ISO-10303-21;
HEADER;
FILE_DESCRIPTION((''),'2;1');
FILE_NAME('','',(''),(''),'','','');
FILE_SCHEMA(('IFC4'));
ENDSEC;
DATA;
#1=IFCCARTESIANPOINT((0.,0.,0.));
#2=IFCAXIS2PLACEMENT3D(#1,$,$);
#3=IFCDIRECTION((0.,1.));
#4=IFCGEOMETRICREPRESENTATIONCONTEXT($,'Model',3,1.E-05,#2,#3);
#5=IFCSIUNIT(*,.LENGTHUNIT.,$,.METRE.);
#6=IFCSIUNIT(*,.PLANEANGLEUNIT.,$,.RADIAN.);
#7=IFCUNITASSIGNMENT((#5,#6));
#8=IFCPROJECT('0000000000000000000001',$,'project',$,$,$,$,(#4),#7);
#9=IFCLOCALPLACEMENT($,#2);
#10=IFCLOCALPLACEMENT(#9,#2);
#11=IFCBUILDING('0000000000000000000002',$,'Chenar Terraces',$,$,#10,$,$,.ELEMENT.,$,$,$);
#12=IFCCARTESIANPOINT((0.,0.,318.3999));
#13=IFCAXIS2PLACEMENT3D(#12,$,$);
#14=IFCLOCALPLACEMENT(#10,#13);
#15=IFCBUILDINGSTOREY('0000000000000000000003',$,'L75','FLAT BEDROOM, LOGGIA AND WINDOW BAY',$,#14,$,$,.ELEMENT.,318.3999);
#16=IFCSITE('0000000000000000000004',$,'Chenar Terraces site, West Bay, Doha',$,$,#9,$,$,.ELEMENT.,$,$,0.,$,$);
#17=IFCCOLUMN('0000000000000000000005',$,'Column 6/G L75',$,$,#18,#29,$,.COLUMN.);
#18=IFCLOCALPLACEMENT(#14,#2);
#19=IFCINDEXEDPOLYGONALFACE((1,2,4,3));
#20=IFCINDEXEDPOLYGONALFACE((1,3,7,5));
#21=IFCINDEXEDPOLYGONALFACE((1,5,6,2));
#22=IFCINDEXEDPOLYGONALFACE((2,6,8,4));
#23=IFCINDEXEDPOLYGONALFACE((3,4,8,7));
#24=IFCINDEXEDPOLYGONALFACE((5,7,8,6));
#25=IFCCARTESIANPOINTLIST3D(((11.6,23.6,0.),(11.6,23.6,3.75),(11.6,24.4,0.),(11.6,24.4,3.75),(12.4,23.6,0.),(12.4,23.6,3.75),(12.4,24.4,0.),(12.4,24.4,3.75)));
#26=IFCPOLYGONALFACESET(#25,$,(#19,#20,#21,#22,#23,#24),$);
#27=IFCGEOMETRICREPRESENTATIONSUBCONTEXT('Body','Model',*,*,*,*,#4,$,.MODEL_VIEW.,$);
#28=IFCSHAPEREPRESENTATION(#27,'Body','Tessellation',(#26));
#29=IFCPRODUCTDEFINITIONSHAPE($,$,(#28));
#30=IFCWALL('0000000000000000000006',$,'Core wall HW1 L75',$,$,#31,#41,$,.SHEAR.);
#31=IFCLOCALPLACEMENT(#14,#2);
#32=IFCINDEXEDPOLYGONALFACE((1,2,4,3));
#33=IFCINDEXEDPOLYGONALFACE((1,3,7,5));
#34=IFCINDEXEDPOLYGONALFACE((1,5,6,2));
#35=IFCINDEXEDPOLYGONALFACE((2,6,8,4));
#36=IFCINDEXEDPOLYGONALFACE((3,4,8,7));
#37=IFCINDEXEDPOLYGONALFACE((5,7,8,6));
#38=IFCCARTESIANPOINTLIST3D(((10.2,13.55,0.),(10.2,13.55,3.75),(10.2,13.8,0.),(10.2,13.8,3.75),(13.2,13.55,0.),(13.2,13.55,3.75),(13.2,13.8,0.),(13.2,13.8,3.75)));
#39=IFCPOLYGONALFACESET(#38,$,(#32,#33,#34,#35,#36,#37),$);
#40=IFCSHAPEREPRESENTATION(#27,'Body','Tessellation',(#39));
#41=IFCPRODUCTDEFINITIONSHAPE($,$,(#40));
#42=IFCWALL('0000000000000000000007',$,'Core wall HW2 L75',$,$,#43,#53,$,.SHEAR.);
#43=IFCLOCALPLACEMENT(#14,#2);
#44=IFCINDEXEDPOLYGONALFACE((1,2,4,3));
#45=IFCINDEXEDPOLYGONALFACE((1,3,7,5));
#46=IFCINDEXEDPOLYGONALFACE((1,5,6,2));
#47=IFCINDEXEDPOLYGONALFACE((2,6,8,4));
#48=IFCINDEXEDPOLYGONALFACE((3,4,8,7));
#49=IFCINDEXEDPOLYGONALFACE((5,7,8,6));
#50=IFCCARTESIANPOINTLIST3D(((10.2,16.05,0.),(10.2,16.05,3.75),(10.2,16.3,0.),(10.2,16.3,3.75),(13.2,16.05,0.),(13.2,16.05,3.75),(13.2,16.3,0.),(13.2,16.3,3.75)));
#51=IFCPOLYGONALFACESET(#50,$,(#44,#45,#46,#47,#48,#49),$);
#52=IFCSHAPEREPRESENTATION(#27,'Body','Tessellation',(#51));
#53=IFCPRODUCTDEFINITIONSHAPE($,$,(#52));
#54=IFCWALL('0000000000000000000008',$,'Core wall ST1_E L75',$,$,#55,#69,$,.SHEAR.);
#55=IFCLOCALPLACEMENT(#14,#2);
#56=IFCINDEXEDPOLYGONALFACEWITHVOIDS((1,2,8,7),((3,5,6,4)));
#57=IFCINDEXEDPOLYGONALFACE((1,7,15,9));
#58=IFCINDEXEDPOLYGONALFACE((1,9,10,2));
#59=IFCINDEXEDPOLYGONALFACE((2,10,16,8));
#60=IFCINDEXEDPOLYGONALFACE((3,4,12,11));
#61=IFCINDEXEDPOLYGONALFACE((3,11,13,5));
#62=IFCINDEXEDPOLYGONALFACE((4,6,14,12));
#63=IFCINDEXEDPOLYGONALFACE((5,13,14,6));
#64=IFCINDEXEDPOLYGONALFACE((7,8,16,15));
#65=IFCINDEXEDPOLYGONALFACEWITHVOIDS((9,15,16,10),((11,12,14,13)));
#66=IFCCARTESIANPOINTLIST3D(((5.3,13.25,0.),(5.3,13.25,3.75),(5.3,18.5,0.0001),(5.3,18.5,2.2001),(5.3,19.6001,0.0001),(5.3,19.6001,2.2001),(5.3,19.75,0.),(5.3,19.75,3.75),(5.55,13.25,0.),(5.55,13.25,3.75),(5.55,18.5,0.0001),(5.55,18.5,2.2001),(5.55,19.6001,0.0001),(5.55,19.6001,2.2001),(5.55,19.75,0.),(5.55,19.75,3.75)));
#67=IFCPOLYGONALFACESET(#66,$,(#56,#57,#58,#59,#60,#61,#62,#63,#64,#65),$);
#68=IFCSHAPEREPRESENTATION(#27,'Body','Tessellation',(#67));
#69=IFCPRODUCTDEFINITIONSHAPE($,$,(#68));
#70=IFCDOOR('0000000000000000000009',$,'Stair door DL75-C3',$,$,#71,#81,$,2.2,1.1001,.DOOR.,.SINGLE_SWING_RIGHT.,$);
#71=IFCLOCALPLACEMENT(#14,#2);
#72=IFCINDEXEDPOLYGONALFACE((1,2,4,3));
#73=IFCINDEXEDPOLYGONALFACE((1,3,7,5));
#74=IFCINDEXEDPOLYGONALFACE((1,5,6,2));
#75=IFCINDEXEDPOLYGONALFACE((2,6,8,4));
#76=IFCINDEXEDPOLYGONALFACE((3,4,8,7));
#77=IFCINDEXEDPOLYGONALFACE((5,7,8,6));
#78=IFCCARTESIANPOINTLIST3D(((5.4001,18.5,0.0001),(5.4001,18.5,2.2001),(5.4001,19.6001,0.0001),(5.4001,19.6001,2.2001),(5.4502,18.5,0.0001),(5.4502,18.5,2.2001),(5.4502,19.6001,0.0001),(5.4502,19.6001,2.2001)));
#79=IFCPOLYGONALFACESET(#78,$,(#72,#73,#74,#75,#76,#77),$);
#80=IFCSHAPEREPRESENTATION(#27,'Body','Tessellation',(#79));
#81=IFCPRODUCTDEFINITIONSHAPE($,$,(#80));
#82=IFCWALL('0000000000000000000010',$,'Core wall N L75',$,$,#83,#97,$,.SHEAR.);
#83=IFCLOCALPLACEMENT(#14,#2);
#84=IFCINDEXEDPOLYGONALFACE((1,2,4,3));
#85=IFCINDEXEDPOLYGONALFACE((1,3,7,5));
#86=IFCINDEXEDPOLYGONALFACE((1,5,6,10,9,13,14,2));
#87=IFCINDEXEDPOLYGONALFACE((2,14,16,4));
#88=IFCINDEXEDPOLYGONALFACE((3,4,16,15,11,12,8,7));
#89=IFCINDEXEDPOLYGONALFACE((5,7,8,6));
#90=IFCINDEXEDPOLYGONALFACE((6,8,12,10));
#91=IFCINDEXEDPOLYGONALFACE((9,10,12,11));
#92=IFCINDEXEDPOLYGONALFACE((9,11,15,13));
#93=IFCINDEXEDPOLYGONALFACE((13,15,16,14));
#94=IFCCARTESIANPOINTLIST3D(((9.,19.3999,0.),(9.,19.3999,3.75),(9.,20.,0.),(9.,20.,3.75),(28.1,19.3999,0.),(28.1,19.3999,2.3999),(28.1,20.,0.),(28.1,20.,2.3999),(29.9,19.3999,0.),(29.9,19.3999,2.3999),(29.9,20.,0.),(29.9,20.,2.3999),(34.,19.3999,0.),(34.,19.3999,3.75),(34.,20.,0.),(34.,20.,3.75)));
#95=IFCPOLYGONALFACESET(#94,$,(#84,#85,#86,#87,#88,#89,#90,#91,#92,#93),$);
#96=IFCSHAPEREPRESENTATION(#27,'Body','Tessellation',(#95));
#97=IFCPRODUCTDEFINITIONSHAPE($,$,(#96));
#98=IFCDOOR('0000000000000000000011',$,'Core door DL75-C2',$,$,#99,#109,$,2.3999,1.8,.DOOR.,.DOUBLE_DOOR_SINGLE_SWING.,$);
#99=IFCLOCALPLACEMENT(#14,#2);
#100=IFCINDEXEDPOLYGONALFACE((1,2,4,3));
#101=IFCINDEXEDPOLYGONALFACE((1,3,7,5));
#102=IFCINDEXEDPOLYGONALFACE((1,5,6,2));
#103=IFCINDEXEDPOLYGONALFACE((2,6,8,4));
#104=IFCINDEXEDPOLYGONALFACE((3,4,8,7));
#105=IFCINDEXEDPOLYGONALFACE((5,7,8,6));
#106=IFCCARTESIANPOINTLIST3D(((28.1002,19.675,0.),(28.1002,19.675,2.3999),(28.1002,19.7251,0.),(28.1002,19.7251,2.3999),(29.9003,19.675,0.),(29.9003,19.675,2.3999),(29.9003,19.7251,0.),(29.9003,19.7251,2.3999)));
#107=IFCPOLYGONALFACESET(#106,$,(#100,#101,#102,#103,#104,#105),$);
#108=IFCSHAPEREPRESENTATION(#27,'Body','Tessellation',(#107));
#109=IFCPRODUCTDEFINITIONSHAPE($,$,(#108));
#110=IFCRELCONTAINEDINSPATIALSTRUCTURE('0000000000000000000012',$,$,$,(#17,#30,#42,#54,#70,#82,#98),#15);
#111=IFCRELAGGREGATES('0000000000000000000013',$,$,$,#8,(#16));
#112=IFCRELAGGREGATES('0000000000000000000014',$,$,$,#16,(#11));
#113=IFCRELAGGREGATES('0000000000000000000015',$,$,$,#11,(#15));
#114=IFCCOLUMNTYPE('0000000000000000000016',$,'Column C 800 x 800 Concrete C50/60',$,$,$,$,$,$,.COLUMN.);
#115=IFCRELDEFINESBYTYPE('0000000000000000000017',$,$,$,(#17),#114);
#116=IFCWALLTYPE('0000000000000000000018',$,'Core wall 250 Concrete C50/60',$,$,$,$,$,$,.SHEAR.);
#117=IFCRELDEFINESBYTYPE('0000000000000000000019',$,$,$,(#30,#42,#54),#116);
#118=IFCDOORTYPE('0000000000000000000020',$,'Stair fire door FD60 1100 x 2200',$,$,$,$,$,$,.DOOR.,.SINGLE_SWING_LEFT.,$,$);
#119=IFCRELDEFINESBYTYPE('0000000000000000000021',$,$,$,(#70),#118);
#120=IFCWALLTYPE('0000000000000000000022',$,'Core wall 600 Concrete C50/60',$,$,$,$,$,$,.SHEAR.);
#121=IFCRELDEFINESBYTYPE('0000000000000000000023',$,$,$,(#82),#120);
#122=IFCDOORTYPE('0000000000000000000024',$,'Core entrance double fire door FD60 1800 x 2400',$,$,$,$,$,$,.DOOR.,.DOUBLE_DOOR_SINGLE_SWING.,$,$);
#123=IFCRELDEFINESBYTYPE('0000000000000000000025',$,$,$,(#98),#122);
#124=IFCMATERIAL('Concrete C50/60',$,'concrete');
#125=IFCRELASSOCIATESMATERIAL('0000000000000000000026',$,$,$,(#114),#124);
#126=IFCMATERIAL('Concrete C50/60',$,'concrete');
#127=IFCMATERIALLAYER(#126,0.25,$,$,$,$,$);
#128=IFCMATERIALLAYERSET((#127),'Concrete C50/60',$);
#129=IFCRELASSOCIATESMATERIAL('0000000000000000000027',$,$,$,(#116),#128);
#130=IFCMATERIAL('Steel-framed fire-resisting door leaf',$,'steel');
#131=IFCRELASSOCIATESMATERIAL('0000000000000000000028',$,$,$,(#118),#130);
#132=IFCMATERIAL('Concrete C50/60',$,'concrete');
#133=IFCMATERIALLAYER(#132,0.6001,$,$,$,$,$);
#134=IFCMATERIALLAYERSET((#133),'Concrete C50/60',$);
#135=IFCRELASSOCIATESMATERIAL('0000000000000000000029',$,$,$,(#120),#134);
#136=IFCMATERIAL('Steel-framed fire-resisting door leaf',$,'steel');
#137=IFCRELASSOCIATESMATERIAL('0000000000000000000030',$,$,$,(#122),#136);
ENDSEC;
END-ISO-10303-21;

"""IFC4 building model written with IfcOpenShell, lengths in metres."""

from ifc_helpers import new_model, si_unit, direction, frame, frame_2d, origin, origin_2d, place, context, subcontext, project, spatial, rectangle, extrude, material, layer, layer_set, material_profile, profile_set, type_object, element, fill, save


model = new_model("IFC4")

# Units and contexts
model_context = context("Model", 3, precision=1e-05, world=origin(), true_north=direction((0.0, 1.0)))
body_context = subcontext(model_context, "Body", "Model", "MODEL_VIEW")
ifc_project = project(units=[si_unit("LENGTHUNIT", "METRE"), si_unit("PLANEANGLEUNIT", "RADIAN")], contexts=[model_context])

# Site, building, storey
site_placement = place(None, origin())
site = spatial("IfcSite", under=ifc_project, at=site_placement, Name="Chenar Terraces site, West Bay, Doha", CompositionType="ELEMENT", RefElevation=0.0)
building_placement = place(site_placement, origin())
building = spatial("IfcBuilding", under=site, at=building_placement, Name="Chenar Terraces", CompositionType="ELEMENT")
storey_placement = place(building_placement, frame((0.0, 0.0, 318.3999)))
storey = spatial("IfcBuildingStorey", under=building, at=storey_placement, Name="L75", Description="FLAT BEDROOM, LOGGIA AND WINDOW BAY", CompositionType="ELEMENT", Elevation=318.3999)

# Column
ifc_material_1 = material(Name="Concrete C50/60", Category="concrete")
ifc_material_profile = material_profile(ifc_material_1, rectangle(XDim=0.8, YDim=0.8, at=origin_2d()), Name="C 800 x 800")
ifc_profile_set = profile_set([ifc_material_profile], Name="Concrete C50/60")
column_type = type_object("IfcColumnType", Name="Column C 800 x 800 Concrete C50/60", PredefinedType="COLUMN", material=ifc_profile_set)
column_placement = place(storey_placement, frame((12.0, 24.0, 0.0), z_axis=(0.0, 0.0, 1.0), x_axis=(1.0, 0.0, 0.0)))
element("IfcColumn", 1, at=column_placement, inside=storey, type_object=column_type, Name="Column 6/G L75", PredefinedType="COLUMN", context=body_context, shape_type="SweptSolid", body=[
    extrude(rectangle(XDim=0.8, YDim=0.8, at=origin_2d()), origin(), (0.0, 0.0, 1.0), 3.75),
])

# Walls
ifc_material_2 = material(Name="Concrete C50/60", Category="concrete")
ifc_layer_1 = layer(ifc_material_2, 0.25)
ifc_layer_set_1 = layer_set([ifc_layer_1], Name="Concrete C50/60")
wall_type_1 = type_object("IfcWallType", Name="Core wall 250 Concrete C50/60", PredefinedType="SHEAR", material=ifc_layer_set_1)
for number, where, z_axis, x_axis, name in (
    (2, (10.2, 13.675, 0.0), (0.0, 0.0, 1.0), (1.0, 0.0, 0.0), "Core wall HW1 L75"),
    (3, (10.2, 16.175, 0.0), (0.0, 0.0, 1.0), (1.0, 0.0, 0.0), "Core wall HW2 L75"),
):
    element("IfcWall", number, at=place(storey_placement, frame(where, z_axis=z_axis, x_axis=x_axis)), inside=storey, type_object=wall_type_1, Name=name, PredefinedType="SHEAR", context=body_context, shape_type="SweptSolid", body=[
        extrude(rectangle(XDim=3.0, YDim=0.25, at=frame_2d((1.5, 0.0))), origin(), (0.0, 0.0, 1.0), 3.75),
    ])

# Walls, openings, doors
wall_1_placement = place(storey_placement, frame((5.425, 13.25, 0.0), z_axis=(0.0, 0.0, 1.0), x_axis=(0.0, 1.0, 0.0)))
wall_1 = element("IfcWall", 4, at=wall_1_placement, inside=storey, type_object=wall_type_1, Name="Core wall ST1_E L75", PredefinedType="SHEAR", context=body_context, shape_type="SweptSolid", body=[
    extrude(rectangle(XDim=6.5, YDim=0.25, at=frame_2d((3.25, 0.0))), origin(), (0.0, 0.0, 1.0), 3.75),
])
opening_1_placement = place(wall_1_placement, frame((5.25, 0.0, 0.0)))
opening_1 = element("IfcOpeningElement", 5, at=opening_1_placement, cuts=wall_1, PredefinedType="OPENING", context=body_context, shape_type="SweptSolid", body=[
    extrude(rectangle(XDim=1.1001, YDim=2.2, at=frame_2d((0.55, 1.1001))), frame((0.0, 0.135, 0.0), z_axis=(0.0, -1.0, 0.0), x_axis=(1.0, 0.0, 0.0)), (0.0, 0.0, 1.0), 0.27),
])
ifc_material_3 = material(Name="Steel-framed fire-resisting door leaf", Category="steel")
door_type_1 = type_object("IfcDoorType", Name="Stair fire door FD60 1100 x 2200", OperationType="SINGLE_SWING_LEFT", PredefinedType="DOOR", material=ifc_material_3)
door_1_placement = place(opening_1_placement, origin())
door_1 = element("IfcDoor", 6, at=door_1_placement, inside=storey, type_object=door_type_1, Name="Stair door DL75-C3", OperationType="SINGLE_SWING_RIGHT", OverallHeight=2.2, OverallWidth=1.1001, PredefinedType="DOOR", context=body_context, shape_type="SweptSolid", body=[
    extrude(rectangle(XDim=1.1001, YDim=2.2, at=frame_2d((0.55, 1.1001))), frame((0.0, 0.0249, 0.0), z_axis=(0.0, -1.0, 0.0), x_axis=(1.0, 0.0, 0.0)), (0.0, 0.0, 1.0), 0.05),
])
fill(opening_1, door_1)
ifc_material_4 = material(Name="Concrete C50/60", Category="concrete")
ifc_layer_2 = layer(ifc_material_4, 0.6001)
ifc_layer_set_2 = layer_set([ifc_layer_2], Name="Concrete C50/60")
wall_type_2 = type_object("IfcWallType", Name="Core wall 600 Concrete C50/60", PredefinedType="SHEAR", material=ifc_layer_set_2)
wall_2_placement = place(storey_placement, frame((9.0, 19.7, 0.0), z_axis=(0.0, 0.0, 1.0), x_axis=(1.0, 0.0, 0.0)))
wall_2 = element("IfcWall", 7, at=wall_2_placement, inside=storey, type_object=wall_type_2, Name="Core wall N L75", PredefinedType="SHEAR", context=body_context, shape_type="SweptSolid", body=[
    extrude(rectangle(XDim=25.0, YDim=0.6001, at=frame_2d((12.5, 0.0))), origin(), (0.0, 0.0, 1.0), 3.75),
])
opening_2_placement = place(wall_2_placement, frame((19.1001, 0.0, 0.0)))
opening_2 = element("IfcOpeningElement", 8, at=opening_2_placement, cuts=wall_2, PredefinedType="OPENING", context=body_context, shape_type="SweptSolid", body=[
    extrude(rectangle(XDim=1.8, YDim=2.3999, at=frame_2d((0.8999, 1.2))), frame((0.0, 0.3101, 0.0), z_axis=(0.0, -1.0, 0.0), x_axis=(1.0, 0.0, 0.0)), (0.0, 0.0, 1.0), 0.6201),
])
ifc_material_5 = material(Name="Steel-framed fire-resisting door leaf", Category="steel")
door_type_2 = type_object("IfcDoorType", Name="Core entrance double fire door FD60 1800 x 2400", OperationType="DOUBLE_DOOR_SINGLE_SWING", PredefinedType="DOOR", material=ifc_material_5)
door_2_placement = place(opening_2_placement, frame((1.8, 0.0, 0.0), z_axis=(0.0, 0.0, 1.0), x_axis=(-1.0, 0.0, 0.0)))
door_2 = element("IfcDoor", 9, at=door_2_placement, inside=storey, type_object=door_type_2, Name="Core door DL75-C2", OperationType="DOUBLE_DOOR_SINGLE_SWING", OverallHeight=2.3999, OverallWidth=1.8, PredefinedType="DOOR", context=body_context, shape_type="SweptSolid", body=[
    extrude(rectangle(XDim=1.8, YDim=2.3999, at=frame_2d((0.8999, 1.2))), frame((0.0, 0.0249, 0.0), z_axis=(0.0, -1.0, 0.0), x_axis=(1.0, 0.0, 0.0)), (0.0, 0.0, 1.0), 0.05),
])
fill(opening_2, door_2)

save(model, "model.ifc")
